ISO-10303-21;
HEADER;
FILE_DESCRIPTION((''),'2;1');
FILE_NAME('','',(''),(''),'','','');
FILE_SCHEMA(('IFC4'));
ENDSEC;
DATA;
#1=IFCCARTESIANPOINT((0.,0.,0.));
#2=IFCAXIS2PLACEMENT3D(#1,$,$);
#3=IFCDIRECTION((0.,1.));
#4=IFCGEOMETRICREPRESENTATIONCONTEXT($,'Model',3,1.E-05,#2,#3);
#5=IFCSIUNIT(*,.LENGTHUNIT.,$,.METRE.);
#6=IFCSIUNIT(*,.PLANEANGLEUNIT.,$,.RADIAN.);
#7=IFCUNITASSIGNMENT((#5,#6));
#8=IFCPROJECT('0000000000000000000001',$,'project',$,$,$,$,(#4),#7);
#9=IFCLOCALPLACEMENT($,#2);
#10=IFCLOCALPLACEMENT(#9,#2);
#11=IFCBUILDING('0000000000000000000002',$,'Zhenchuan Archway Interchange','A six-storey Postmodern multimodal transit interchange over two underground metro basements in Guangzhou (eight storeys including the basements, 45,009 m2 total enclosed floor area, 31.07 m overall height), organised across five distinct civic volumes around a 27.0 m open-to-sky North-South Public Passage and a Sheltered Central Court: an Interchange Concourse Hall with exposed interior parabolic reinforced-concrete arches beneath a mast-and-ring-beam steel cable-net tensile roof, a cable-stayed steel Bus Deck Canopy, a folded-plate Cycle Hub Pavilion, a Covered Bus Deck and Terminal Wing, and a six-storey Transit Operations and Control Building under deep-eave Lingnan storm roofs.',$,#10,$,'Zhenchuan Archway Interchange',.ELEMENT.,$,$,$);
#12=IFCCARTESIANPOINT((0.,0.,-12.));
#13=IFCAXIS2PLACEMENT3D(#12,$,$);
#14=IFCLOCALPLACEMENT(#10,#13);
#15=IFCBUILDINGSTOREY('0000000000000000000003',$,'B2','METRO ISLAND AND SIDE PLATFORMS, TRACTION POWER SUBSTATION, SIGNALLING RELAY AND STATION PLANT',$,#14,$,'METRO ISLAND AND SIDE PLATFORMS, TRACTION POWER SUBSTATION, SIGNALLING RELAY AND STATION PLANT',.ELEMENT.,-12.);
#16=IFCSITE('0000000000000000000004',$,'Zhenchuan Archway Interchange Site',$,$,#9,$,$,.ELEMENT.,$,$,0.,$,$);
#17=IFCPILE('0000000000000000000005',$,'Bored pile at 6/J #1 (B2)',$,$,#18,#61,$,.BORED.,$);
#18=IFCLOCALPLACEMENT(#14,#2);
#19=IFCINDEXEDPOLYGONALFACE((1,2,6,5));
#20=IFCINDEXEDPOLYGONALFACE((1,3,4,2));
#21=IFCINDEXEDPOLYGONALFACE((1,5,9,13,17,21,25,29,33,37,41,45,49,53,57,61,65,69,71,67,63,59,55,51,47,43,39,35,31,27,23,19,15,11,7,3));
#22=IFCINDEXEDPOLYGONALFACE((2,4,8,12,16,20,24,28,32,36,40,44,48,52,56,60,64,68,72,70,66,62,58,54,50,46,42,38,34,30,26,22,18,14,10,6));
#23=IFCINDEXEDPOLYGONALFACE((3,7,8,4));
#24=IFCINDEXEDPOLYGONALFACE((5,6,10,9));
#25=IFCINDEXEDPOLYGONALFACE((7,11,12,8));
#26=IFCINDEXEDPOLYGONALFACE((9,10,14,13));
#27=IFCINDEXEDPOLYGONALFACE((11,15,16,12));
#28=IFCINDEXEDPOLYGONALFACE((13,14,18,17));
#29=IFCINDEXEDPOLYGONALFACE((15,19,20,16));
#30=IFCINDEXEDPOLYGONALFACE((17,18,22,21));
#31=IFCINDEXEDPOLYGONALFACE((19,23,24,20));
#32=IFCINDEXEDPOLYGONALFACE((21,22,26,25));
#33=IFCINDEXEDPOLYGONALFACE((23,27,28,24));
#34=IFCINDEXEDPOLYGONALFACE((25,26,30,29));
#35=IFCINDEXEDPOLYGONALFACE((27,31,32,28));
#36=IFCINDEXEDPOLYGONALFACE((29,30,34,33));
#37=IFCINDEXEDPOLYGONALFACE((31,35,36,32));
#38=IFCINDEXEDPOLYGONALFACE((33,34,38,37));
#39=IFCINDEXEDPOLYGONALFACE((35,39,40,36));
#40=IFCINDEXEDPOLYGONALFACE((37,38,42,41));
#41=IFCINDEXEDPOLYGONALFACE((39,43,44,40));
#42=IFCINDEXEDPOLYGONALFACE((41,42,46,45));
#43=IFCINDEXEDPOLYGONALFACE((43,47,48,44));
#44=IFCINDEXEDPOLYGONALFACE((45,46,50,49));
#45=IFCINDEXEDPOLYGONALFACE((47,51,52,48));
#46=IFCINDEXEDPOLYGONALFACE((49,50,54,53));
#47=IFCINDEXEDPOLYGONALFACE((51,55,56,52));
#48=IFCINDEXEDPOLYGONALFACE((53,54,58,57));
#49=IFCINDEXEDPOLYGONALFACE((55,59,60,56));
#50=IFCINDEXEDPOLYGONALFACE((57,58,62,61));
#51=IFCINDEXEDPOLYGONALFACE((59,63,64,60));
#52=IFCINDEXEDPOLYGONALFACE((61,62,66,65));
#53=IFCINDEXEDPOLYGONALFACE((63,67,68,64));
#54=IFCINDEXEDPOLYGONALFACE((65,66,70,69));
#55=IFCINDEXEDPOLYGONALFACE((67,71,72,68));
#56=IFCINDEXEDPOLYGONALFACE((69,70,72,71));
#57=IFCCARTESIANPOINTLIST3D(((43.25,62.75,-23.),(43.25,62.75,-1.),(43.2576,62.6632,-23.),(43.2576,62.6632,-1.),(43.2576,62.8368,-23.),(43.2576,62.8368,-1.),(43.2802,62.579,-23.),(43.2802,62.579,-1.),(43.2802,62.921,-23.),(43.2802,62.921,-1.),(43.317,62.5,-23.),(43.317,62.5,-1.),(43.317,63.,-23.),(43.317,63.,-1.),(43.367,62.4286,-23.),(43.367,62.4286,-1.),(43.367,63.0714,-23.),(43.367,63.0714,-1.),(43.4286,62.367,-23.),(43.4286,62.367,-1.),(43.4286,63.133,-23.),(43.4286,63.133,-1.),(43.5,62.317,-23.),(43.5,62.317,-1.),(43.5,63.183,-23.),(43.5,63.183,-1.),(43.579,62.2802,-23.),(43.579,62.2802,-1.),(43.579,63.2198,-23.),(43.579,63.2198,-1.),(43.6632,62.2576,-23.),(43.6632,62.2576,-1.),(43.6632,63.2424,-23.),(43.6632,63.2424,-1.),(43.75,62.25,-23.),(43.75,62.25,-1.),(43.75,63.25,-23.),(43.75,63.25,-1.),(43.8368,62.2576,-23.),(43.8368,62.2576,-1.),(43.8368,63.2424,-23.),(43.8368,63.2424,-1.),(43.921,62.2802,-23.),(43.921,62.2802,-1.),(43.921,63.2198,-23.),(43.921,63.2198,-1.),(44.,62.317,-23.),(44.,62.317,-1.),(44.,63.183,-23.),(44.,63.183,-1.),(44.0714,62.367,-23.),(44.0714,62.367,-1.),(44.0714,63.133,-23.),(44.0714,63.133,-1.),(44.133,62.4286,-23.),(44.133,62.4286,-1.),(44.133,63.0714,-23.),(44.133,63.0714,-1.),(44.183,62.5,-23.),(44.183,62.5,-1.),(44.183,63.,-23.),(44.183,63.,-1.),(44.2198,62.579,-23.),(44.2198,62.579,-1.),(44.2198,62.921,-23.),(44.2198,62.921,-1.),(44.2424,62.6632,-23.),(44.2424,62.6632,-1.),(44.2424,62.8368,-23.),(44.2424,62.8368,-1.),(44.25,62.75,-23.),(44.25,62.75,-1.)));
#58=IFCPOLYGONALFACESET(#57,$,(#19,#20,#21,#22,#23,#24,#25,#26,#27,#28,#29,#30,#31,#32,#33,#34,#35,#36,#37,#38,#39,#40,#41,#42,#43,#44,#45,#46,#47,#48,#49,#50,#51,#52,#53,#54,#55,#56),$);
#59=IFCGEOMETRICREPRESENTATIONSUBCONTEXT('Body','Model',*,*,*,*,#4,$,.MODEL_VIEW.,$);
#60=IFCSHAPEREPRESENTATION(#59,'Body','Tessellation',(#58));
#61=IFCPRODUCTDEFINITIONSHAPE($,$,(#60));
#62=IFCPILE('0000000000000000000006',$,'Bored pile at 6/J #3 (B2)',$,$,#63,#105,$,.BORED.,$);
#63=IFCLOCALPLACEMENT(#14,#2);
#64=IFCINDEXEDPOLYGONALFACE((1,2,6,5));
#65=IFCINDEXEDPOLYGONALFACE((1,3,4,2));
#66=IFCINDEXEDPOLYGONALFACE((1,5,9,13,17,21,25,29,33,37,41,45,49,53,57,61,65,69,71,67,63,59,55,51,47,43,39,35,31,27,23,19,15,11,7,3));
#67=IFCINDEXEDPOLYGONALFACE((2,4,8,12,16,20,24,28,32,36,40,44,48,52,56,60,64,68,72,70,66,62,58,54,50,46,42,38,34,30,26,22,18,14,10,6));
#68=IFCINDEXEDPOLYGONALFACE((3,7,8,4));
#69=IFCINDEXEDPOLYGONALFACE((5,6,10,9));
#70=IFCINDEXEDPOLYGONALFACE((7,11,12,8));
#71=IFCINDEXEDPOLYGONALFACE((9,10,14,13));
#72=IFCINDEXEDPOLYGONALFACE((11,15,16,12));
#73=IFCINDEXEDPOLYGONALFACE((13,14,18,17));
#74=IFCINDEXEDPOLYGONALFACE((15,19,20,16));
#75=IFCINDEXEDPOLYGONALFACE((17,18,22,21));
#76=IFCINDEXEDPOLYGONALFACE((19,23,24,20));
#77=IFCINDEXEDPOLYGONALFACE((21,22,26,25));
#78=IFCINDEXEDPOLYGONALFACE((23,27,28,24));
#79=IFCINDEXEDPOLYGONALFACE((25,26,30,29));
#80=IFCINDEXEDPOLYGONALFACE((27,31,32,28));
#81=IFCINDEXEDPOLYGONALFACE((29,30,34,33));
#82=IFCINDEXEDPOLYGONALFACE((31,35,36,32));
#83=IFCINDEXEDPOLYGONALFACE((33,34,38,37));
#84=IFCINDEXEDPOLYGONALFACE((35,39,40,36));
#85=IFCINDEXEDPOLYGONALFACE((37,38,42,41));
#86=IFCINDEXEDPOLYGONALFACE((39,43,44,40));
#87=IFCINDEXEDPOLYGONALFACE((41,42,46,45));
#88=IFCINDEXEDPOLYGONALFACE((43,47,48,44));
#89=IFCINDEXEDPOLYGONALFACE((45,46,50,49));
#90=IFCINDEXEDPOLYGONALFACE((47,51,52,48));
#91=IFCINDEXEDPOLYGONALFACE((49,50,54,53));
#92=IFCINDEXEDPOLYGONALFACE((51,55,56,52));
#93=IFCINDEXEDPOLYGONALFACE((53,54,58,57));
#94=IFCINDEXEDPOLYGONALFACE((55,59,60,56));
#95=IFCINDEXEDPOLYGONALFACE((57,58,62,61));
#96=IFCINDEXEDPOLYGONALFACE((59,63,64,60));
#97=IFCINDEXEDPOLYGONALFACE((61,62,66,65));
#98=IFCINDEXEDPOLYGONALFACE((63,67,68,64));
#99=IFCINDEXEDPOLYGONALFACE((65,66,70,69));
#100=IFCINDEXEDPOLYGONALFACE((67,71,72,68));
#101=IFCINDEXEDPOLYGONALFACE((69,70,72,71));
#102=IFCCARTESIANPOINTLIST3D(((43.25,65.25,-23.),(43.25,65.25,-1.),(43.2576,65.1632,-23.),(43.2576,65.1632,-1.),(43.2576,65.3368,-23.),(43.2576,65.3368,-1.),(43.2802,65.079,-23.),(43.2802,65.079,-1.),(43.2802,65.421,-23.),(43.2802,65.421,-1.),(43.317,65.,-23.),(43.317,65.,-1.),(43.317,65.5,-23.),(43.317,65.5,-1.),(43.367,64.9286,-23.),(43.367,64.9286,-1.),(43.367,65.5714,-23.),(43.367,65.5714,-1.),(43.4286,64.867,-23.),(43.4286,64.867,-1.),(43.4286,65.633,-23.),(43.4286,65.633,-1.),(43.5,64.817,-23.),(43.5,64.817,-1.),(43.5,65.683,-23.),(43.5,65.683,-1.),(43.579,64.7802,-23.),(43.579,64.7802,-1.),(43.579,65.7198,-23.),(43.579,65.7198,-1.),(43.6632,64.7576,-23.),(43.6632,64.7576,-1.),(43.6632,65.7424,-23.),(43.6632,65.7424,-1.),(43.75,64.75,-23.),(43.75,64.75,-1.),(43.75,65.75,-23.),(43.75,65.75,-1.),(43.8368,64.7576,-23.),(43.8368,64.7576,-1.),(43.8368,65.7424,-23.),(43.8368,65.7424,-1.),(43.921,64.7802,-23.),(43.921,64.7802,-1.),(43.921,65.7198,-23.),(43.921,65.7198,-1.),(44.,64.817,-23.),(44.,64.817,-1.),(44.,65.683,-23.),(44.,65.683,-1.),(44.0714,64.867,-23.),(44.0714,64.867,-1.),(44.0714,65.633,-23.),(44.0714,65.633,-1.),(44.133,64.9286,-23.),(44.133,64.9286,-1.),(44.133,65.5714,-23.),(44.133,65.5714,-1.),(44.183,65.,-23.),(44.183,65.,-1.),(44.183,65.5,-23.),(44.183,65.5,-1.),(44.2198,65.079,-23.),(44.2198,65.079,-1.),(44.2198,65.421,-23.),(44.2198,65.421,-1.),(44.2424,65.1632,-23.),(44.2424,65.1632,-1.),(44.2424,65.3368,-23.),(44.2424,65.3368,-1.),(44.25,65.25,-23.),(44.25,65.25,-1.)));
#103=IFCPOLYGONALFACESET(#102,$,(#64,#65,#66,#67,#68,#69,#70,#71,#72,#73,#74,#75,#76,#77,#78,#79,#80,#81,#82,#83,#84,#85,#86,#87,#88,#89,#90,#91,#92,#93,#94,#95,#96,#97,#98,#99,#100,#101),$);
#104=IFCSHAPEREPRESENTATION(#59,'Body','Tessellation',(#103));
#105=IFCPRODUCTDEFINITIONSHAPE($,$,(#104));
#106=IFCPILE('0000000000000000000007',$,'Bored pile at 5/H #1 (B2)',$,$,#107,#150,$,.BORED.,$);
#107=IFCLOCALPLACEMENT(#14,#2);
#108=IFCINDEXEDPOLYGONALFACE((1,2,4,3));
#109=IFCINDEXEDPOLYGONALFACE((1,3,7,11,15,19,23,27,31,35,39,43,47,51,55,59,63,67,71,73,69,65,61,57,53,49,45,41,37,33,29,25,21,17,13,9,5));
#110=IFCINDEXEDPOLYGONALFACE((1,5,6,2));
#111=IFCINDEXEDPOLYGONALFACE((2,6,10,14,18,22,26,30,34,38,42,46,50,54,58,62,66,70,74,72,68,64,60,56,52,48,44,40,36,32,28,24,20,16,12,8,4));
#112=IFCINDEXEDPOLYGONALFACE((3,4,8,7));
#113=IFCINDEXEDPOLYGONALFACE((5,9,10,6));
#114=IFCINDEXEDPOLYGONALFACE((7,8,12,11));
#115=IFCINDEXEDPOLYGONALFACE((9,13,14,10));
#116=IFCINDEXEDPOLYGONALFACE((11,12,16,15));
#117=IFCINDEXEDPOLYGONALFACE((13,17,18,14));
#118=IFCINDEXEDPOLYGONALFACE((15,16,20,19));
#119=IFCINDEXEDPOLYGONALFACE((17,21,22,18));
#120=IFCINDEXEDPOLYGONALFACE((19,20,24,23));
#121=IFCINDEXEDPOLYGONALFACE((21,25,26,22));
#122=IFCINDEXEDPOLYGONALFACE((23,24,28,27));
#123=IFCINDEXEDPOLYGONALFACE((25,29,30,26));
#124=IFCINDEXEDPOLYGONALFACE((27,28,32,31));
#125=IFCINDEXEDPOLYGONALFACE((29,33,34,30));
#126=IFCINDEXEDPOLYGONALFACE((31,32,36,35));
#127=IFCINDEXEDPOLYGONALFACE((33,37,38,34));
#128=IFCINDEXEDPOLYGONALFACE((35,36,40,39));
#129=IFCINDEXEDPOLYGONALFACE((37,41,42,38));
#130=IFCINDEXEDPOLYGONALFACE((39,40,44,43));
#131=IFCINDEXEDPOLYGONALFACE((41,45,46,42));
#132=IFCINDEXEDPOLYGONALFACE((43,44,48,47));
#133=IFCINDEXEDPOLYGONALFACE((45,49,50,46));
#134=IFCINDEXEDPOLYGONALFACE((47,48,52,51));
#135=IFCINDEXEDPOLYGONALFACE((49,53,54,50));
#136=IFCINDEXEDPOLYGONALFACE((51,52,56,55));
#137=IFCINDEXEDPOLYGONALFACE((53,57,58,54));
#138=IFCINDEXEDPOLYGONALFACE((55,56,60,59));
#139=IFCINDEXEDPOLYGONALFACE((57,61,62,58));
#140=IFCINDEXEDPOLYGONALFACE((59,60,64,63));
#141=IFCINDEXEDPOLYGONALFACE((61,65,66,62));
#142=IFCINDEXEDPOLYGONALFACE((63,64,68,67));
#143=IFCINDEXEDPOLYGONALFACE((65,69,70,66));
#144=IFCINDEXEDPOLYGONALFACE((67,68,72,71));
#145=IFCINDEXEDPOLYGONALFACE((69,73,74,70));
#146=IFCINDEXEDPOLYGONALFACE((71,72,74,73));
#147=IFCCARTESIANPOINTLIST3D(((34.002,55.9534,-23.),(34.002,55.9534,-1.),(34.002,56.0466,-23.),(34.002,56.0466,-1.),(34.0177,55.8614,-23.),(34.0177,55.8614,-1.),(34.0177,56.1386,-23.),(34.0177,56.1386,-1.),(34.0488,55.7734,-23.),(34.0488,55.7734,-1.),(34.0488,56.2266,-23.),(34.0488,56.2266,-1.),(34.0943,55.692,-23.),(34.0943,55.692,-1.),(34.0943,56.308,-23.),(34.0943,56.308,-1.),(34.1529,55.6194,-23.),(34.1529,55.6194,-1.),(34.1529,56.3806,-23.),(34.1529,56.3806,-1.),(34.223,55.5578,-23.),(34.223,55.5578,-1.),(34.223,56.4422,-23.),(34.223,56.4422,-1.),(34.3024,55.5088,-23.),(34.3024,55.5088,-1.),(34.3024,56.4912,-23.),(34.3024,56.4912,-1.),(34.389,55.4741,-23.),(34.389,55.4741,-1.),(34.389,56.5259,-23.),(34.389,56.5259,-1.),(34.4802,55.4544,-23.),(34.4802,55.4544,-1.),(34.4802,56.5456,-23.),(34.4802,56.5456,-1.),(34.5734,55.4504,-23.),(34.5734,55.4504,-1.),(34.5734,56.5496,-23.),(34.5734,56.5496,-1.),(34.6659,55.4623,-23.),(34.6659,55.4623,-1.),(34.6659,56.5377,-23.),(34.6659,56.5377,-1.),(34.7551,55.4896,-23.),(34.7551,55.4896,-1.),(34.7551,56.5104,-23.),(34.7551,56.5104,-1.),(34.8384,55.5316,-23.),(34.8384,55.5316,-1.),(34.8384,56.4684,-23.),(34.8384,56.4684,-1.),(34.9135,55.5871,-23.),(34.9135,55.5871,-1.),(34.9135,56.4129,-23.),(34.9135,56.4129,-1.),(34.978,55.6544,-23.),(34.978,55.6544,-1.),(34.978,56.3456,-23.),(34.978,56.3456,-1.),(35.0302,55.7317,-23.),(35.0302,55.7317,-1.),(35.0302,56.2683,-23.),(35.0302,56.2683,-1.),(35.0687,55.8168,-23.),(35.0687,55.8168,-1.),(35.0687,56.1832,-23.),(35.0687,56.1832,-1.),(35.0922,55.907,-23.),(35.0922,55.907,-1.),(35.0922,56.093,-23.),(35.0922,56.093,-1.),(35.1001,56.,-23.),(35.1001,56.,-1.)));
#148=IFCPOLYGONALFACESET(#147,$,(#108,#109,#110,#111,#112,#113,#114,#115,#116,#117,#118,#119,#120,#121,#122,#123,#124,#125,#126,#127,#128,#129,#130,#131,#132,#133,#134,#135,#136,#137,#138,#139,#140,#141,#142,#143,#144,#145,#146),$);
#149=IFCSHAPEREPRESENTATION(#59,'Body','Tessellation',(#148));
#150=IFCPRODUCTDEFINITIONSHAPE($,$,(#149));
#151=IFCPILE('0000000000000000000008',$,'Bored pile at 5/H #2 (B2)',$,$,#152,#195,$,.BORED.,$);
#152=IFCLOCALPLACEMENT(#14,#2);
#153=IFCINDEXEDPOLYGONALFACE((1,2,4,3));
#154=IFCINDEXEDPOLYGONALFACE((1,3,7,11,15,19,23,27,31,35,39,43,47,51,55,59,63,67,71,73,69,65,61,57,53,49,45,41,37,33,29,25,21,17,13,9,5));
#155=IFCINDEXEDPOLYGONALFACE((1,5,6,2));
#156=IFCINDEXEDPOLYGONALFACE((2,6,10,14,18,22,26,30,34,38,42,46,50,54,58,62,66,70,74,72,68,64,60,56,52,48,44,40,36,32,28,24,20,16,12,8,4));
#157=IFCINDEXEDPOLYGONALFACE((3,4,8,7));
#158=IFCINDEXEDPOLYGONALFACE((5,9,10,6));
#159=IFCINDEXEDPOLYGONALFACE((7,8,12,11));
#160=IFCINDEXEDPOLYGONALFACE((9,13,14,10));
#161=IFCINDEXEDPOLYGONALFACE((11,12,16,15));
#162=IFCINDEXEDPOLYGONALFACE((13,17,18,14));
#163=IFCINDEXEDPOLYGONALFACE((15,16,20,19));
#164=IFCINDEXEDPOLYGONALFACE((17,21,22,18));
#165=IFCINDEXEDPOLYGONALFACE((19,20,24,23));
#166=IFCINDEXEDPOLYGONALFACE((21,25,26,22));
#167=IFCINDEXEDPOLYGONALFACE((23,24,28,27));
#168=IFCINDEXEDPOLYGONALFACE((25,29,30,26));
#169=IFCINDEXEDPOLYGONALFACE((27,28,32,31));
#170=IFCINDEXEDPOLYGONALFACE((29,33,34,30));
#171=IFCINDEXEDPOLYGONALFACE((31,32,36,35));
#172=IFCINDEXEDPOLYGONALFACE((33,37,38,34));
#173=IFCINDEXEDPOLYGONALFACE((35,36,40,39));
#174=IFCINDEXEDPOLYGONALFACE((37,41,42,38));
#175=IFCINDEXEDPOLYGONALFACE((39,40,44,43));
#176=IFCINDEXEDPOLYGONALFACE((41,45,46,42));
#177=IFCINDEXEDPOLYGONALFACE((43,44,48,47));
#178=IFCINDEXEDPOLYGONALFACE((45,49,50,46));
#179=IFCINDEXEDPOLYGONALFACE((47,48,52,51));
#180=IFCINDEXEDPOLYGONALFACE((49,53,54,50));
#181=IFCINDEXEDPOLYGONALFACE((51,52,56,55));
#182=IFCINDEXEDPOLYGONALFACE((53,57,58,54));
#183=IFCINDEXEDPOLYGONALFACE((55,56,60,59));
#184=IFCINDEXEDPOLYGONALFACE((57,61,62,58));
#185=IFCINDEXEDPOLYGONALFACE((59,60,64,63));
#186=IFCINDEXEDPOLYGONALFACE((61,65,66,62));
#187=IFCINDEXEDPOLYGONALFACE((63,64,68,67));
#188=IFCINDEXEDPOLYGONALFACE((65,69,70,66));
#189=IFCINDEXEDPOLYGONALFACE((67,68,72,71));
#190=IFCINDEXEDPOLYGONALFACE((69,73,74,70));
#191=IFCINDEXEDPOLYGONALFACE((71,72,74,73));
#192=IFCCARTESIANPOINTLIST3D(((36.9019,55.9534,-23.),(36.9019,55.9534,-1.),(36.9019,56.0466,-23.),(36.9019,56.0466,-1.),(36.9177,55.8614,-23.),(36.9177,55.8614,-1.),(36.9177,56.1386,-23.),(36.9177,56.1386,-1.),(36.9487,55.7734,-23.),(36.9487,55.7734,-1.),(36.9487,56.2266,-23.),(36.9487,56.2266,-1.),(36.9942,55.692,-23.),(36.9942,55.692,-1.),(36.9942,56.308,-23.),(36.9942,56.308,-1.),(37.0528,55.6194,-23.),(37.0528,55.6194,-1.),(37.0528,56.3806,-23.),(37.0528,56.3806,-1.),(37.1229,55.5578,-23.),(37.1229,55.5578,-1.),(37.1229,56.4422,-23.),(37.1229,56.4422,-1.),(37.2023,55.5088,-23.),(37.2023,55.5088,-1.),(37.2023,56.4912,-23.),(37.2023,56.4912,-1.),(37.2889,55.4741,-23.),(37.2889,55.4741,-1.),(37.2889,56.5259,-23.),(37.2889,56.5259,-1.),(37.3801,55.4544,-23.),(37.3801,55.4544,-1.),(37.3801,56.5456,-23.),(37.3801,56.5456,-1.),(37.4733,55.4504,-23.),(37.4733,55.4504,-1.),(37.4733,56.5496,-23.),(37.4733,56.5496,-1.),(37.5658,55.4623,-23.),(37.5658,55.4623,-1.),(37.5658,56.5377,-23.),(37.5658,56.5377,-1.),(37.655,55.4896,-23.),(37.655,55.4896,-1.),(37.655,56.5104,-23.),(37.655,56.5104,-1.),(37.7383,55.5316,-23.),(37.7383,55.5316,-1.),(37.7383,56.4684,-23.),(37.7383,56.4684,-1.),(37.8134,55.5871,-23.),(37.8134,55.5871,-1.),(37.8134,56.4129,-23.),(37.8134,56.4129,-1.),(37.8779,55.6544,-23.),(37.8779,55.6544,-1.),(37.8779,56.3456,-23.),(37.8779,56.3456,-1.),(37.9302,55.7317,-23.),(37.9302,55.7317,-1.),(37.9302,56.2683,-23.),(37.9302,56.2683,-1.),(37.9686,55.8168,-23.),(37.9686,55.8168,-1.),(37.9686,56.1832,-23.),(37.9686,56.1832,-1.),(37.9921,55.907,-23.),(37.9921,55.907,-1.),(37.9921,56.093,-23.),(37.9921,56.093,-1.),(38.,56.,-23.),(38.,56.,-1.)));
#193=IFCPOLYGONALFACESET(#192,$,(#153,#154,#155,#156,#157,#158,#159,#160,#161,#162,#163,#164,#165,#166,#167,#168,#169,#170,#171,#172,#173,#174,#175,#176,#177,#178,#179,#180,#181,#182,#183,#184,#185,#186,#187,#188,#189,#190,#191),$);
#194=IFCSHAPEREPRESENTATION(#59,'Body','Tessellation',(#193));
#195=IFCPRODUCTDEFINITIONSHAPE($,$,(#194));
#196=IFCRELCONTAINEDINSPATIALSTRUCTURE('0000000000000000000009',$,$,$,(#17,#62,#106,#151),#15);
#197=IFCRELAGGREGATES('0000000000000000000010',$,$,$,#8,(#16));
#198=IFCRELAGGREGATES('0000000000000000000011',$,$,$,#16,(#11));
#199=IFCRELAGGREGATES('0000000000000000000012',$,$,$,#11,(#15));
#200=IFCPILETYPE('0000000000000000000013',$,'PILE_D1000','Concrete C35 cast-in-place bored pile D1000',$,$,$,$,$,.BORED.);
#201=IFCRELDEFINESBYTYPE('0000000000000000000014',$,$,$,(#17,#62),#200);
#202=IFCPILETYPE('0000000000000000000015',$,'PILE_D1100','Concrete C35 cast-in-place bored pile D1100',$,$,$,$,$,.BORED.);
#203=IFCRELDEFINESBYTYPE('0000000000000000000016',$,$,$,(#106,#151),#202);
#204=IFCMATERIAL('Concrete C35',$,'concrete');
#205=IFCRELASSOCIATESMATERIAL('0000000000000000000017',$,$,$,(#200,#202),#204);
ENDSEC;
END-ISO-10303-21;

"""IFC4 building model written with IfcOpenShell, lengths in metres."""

from ifc_helpers import new_model, si_unit, direction, frame, origin, origin_2d, place, context, subcontext, project, spatial, circle, extrude, material, material_profile, profile_set, type_object, element, save


model = new_model("IFC4")

# Units and contexts
model_context = context("Model", 3, precision=1e-05, world=origin(), true_north=direction((0.0, 1.0)))
body_context = subcontext(model_context, "Body", "Model", "MODEL_VIEW")
ifc_project = project(units=[si_unit("LENGTHUNIT", "METRE"), si_unit("PLANEANGLEUNIT", "RADIAN")], contexts=[model_context])

# Site, building, storey
site_placement = place(None, origin())
site = spatial("IfcSite", under=ifc_project, at=site_placement, Name="Zhenchuan Archway Interchange Site", CompositionType="ELEMENT", RefElevation=0.0)
building_placement = place(site_placement, origin())
building = spatial("IfcBuilding", under=site, at=building_placement, Name="Zhenchuan Archway Interchange", Description="A six-storey Postmodern multimodal transit interchange over two underground metro basements in Guangzhou (eight storeys including the basements, 45,009 m2 total enclosed floor area, 31.07 m overall height), organised across five distinct civic volumes around a 27.0 m open-to-sky North-South Public Passage and a Sheltered Central Court: an Interchange Concourse Hall with exposed interior parabolic reinforced-concrete arches beneath a mast-and-ring-beam steel cable-net tensile roof, a cable-stayed steel Bus Deck Canopy, a folded-plate Cycle Hub Pavilion, a Covered Bus Deck and Terminal Wing, and a six-storey Transit Operations and Control Building under deep-eave Lingnan storm roofs.", LongName="Zhenchuan Archway Interchange", CompositionType="ELEMENT")
storey_placement = place(building_placement, frame((0.0, 0.0, -12.0)))
storey = spatial("IfcBuildingStorey", under=building, at=storey_placement, Name="B2", Description="METRO ISLAND AND SIDE PLATFORMS, TRACTION POWER SUBSTATION, SIGNALLING RELAY AND STATION PLANT", LongName="METRO ISLAND AND SIDE PLATFORMS, TRACTION POWER SUBSTATION, SIGNALLING RELAY AND STATION PLANT", CompositionType="ELEMENT", Elevation=-12.0)

# Piles
ifc_material_1 = material(Name="Concrete C35", Category="concrete")
ifc_material_profile_1 = material_profile(ifc_material_1, circle(Radius=0.5, at=origin_2d()), Name="BORED PILE 1000")
ifc_profile_set_1 = profile_set([ifc_material_profile_1], Name="Concrete C35")
pile_type_1 = type_object("IfcPileType", Name="PILE_D1000", Description="Concrete C35 cast-in-place bored pile D1000", PredefinedType="BORED", material=ifc_profile_set_1)
for number, where, z_axis, x_axis, name in (
    (1, (43.75, 62.75, -1.0), (0.0, 0.0, -1.0), (1.0, 0.0, 0.0), "Bored pile at 6/J #1 (B2)"),
    (2, (43.75, 65.25, -1.0), (0.0, 0.0, -1.0), (1.0, 0.0, 0.0), "Bored pile at 6/J #3 (B2)"),
):
    element("IfcPile", number, at=place(storey_placement, frame(where, z_axis=z_axis, x_axis=x_axis)), inside=storey, type_object=pile_type_1, Name=name, PredefinedType="BORED", context=body_context, shape_type="SweptSolid", body=[
        extrude(circle(Radius=0.5, at=origin_2d()), origin(), (0.0, 0.0, 1.0), 22.0),
    ])
ifc_material_profile_2 = material_profile(ifc_material_1, circle(Radius=0.55, at=origin_2d()), Name="BORED PILE 1100")
ifc_profile_set_2 = profile_set([ifc_material_profile_2], Name="Concrete C35")
pile_type_2 = type_object("IfcPileType", Name="PILE_D1100", Description="Concrete C35 cast-in-place bored pile D1100", PredefinedType="BORED", material=ifc_profile_set_2)
for number, where, z_axis, x_axis, name in (
    (3, (34.55, 56.0, -1.0), (0.0, 0.0, -1.0), (1.0, 0.0, 0.0), "Bored pile at 5/H #1 (B2)"),
    (4, (37.45, 56.0, -1.0), (0.0, 0.0, -1.0), (1.0, 0.0, 0.0), "Bored pile at 5/H #2 (B2)"),
):
    element("IfcPile", number, at=place(storey_placement, frame(where, z_axis=z_axis, x_axis=x_axis)), inside=storey, type_object=pile_type_2, Name=name, PredefinedType="BORED", context=body_context, shape_type="SweptSolid", body=[
        extrude(circle(Radius=0.55, at=origin_2d()), origin(), (0.0, 0.0, 1.0), 22.0),
    ])

save(model, "model.ifc")
